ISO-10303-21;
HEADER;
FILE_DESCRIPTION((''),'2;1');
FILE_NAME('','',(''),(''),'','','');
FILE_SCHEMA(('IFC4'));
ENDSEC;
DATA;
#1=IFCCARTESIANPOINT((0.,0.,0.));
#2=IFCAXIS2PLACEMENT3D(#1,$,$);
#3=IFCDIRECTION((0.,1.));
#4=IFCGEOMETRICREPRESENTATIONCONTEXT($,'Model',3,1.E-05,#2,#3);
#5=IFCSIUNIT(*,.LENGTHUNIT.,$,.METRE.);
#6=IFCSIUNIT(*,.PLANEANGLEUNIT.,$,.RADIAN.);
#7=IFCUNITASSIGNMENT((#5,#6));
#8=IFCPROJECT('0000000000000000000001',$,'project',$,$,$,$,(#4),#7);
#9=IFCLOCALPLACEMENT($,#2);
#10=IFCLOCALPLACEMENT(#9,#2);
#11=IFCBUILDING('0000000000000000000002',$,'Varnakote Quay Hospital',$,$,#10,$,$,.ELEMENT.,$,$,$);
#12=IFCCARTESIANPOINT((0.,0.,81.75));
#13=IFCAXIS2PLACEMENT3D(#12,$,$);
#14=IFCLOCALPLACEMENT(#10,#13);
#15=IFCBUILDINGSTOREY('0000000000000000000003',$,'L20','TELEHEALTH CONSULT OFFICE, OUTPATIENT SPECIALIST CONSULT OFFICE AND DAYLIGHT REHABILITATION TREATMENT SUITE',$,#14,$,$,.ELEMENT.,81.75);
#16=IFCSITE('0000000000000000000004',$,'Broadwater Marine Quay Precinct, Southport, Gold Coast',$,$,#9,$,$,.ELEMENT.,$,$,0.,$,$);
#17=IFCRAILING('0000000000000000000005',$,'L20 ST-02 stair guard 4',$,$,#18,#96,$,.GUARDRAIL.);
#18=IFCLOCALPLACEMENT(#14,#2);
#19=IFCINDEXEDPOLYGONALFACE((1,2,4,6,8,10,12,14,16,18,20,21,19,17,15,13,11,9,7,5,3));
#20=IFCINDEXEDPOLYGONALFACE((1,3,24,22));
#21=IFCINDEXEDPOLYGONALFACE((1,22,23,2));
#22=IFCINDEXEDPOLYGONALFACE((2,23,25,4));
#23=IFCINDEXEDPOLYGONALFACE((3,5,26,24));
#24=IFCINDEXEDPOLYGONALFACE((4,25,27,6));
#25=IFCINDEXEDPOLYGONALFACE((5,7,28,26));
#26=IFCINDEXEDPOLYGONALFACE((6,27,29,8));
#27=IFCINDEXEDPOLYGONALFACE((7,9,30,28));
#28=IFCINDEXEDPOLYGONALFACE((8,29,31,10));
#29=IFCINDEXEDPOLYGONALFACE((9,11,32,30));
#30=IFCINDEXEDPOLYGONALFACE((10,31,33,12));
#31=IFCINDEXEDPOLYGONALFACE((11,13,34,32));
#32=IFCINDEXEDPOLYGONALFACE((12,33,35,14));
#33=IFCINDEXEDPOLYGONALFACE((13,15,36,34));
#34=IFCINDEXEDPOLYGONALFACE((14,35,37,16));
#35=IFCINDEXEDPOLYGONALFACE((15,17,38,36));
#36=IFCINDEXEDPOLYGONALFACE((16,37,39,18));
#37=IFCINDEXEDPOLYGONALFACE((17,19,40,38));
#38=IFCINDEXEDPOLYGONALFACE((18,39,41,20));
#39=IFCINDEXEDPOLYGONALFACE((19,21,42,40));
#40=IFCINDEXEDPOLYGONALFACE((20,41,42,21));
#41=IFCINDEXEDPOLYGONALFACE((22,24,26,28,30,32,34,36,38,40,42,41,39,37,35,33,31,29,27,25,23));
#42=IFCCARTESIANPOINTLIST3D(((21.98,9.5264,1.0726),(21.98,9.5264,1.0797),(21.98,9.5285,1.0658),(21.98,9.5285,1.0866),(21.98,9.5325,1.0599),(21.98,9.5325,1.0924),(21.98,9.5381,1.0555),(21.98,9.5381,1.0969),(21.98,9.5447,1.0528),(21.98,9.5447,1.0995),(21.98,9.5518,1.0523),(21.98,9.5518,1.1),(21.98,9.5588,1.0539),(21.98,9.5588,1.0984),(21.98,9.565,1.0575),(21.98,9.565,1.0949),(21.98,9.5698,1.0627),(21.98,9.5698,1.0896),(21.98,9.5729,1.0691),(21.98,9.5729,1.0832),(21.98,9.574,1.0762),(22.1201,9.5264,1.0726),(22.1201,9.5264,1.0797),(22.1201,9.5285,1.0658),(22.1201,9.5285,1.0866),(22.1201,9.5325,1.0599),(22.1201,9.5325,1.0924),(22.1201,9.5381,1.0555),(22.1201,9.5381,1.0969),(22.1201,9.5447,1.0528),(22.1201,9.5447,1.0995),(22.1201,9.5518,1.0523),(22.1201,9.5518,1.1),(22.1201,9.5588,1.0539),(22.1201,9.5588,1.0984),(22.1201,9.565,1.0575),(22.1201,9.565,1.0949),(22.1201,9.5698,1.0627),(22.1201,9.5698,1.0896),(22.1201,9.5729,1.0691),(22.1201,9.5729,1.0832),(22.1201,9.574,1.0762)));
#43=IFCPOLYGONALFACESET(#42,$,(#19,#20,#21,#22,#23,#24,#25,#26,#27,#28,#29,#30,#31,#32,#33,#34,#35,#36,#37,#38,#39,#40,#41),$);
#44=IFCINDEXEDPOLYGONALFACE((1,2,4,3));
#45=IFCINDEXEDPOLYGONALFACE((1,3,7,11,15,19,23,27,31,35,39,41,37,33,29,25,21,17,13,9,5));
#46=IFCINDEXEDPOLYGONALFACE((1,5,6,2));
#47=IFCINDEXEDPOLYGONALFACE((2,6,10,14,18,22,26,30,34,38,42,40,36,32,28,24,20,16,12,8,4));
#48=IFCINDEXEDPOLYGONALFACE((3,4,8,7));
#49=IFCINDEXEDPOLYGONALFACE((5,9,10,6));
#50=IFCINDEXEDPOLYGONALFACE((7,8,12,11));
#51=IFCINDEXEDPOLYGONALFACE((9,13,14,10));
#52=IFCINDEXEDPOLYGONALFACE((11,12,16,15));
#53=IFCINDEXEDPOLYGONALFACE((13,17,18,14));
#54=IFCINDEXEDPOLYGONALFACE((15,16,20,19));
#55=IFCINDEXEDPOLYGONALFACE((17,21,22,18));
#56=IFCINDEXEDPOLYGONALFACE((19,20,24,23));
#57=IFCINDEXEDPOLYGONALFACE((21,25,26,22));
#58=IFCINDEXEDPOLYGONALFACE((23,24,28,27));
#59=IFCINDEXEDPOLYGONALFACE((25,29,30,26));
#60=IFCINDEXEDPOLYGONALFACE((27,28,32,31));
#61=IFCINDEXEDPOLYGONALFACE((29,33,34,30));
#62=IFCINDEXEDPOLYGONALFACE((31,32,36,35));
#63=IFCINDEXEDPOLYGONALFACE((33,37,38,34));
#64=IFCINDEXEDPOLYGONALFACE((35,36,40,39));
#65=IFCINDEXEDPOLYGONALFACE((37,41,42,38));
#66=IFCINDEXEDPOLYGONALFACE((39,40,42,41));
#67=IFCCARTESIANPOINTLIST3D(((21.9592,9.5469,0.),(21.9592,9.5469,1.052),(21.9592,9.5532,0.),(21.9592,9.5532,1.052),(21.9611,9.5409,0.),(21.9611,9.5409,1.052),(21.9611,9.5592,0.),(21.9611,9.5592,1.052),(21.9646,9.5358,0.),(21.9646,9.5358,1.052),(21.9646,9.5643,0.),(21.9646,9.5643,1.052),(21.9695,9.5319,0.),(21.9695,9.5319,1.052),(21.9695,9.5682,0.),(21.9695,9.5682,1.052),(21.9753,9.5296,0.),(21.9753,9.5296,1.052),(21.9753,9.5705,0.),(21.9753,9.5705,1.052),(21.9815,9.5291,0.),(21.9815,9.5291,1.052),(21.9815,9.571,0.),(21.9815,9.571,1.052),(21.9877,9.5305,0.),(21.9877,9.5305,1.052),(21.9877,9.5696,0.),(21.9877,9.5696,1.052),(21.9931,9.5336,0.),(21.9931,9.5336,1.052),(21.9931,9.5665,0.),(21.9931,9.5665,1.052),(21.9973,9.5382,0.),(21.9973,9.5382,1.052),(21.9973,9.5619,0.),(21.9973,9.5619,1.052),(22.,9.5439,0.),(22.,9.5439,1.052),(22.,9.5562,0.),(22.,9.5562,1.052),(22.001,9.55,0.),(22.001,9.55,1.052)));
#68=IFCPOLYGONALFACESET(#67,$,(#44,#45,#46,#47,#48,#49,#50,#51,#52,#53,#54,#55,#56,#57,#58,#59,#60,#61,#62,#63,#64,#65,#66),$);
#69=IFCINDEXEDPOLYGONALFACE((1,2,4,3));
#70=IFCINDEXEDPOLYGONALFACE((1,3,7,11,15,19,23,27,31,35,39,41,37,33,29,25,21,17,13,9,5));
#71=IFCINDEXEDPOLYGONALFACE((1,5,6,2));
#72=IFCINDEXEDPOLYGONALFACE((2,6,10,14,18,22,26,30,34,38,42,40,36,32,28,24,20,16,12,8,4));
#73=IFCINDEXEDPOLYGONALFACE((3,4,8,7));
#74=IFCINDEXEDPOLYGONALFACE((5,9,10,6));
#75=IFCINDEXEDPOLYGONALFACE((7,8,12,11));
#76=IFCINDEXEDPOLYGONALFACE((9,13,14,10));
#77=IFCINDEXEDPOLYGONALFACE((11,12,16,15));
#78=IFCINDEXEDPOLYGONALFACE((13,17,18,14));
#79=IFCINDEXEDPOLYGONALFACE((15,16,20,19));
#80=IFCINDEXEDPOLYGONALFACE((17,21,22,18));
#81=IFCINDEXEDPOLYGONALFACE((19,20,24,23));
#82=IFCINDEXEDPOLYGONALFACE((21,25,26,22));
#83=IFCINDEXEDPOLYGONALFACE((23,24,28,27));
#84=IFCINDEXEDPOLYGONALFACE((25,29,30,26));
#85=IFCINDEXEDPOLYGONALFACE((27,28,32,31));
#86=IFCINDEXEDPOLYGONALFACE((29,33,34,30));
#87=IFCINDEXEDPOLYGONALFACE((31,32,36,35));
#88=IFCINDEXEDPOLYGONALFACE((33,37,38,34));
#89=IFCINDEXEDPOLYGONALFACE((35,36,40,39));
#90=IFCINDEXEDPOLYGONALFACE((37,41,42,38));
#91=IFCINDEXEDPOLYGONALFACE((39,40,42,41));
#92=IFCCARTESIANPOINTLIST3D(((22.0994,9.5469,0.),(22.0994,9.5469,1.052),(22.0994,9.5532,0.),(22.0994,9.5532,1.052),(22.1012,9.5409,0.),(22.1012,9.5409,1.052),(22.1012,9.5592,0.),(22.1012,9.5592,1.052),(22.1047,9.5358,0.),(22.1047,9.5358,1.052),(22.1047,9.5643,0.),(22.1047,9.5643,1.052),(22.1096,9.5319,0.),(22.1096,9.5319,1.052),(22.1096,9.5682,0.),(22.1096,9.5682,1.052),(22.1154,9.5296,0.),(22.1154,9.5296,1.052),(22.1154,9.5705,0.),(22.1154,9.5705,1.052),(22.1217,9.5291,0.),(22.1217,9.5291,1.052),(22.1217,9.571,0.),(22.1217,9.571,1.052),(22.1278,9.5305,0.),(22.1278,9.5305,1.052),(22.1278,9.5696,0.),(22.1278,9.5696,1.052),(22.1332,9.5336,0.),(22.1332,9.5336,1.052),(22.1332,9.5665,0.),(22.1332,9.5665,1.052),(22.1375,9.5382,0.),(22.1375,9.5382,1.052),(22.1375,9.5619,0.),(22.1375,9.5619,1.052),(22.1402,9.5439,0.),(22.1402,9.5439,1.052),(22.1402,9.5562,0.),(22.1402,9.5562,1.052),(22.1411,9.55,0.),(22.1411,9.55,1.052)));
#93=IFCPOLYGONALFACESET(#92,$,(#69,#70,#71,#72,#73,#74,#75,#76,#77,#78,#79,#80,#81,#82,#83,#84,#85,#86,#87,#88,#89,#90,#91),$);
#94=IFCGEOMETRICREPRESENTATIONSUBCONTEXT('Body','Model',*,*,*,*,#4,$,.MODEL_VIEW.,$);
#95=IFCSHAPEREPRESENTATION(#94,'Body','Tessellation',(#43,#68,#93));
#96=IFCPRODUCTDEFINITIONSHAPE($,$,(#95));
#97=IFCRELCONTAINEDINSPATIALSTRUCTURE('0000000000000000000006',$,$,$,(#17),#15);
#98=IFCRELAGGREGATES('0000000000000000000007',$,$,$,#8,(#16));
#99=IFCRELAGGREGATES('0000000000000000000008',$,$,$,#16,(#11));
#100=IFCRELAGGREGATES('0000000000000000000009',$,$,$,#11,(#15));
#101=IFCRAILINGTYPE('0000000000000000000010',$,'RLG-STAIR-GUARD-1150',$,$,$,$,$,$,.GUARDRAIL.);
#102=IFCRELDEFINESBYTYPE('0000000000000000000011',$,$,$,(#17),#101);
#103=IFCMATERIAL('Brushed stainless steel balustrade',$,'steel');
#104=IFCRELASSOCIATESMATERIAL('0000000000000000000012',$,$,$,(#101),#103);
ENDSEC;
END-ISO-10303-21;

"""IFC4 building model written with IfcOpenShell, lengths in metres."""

from ifc_helpers import new_model, si_unit, direction, frame, origin, origin_2d, place, context, subcontext, project, spatial, circle, extrude, material, type_object, element, save


model = new_model("IFC4")

# Units and contexts
model_context = context("Model", 3, precision=1e-05, world=origin(), true_north=direction((0.0, 1.0)))
body_context = subcontext(model_context, "Body", "Model", "MODEL_VIEW")
ifc_project = project(units=[si_unit("LENGTHUNIT", "METRE"), si_unit("PLANEANGLEUNIT", "RADIAN")], contexts=[model_context])

# Site, building, storey
site_placement = place(None, origin())
site = spatial("IfcSite", under=ifc_project, at=site_placement, Name="Broadwater Marine Quay Precinct, Southport, Gold Coast", CompositionType="ELEMENT", RefElevation=0.0)
building_placement = place(site_placement, origin())
building = spatial("IfcBuilding", under=site, at=building_placement, Name="Varnakote Quay Hospital", CompositionType="ELEMENT")
storey_placement = place(building_placement, frame((0.0, 0.0, 81.75)))
storey = spatial("IfcBuildingStorey", under=building, at=storey_placement, Name="L20", Description="TELEHEALTH CONSULT OFFICE, OUTPATIENT SPECIALIST CONSULT OFFICE AND DAYLIGHT REHABILITATION TREATMENT SUITE", CompositionType="ELEMENT", Elevation=81.75)

# Railing
ifc_material_1 = material(Name="Brushed stainless steel balustrade", Category="steel")
railing_type_1 = type_object("IfcRailingType", Name="RLG-STAIR-GUARD-1150", PredefinedType="GUARDRAIL", material=ifc_material_1)
railing_1_placement = place(storey_placement, frame((21.98, 9.55, 0.0)))
element("IfcRailing", 1, at=railing_1_placement, inside=storey, type_object=railing_type_1, Name="L20 ST-02 stair guard 4", PredefinedType="GUARDRAIL", context=body_context, shape_type="SweptSolid", body=[
    extrude(circle(Radius=0.0239, at=origin_2d()), frame((0.0, 0.0, 1.0762), z_axis=(1.0, 0.0, 0.0), x_axis=(0.0, 1.0, 0.0)), (0.0, 0.0, 1.0), 0.1401),
    extrude(circle(Radius=0.021, at=origin_2d()), origin(), (0.0, 0.0, 1.0), 1.052),
    extrude(circle(Radius=0.021, at=origin_2d()), frame((0.1401, 0.0, 0.0)), (0.0, 0.0, 1.0), 1.052),
])

save(model, "model.ifc")
